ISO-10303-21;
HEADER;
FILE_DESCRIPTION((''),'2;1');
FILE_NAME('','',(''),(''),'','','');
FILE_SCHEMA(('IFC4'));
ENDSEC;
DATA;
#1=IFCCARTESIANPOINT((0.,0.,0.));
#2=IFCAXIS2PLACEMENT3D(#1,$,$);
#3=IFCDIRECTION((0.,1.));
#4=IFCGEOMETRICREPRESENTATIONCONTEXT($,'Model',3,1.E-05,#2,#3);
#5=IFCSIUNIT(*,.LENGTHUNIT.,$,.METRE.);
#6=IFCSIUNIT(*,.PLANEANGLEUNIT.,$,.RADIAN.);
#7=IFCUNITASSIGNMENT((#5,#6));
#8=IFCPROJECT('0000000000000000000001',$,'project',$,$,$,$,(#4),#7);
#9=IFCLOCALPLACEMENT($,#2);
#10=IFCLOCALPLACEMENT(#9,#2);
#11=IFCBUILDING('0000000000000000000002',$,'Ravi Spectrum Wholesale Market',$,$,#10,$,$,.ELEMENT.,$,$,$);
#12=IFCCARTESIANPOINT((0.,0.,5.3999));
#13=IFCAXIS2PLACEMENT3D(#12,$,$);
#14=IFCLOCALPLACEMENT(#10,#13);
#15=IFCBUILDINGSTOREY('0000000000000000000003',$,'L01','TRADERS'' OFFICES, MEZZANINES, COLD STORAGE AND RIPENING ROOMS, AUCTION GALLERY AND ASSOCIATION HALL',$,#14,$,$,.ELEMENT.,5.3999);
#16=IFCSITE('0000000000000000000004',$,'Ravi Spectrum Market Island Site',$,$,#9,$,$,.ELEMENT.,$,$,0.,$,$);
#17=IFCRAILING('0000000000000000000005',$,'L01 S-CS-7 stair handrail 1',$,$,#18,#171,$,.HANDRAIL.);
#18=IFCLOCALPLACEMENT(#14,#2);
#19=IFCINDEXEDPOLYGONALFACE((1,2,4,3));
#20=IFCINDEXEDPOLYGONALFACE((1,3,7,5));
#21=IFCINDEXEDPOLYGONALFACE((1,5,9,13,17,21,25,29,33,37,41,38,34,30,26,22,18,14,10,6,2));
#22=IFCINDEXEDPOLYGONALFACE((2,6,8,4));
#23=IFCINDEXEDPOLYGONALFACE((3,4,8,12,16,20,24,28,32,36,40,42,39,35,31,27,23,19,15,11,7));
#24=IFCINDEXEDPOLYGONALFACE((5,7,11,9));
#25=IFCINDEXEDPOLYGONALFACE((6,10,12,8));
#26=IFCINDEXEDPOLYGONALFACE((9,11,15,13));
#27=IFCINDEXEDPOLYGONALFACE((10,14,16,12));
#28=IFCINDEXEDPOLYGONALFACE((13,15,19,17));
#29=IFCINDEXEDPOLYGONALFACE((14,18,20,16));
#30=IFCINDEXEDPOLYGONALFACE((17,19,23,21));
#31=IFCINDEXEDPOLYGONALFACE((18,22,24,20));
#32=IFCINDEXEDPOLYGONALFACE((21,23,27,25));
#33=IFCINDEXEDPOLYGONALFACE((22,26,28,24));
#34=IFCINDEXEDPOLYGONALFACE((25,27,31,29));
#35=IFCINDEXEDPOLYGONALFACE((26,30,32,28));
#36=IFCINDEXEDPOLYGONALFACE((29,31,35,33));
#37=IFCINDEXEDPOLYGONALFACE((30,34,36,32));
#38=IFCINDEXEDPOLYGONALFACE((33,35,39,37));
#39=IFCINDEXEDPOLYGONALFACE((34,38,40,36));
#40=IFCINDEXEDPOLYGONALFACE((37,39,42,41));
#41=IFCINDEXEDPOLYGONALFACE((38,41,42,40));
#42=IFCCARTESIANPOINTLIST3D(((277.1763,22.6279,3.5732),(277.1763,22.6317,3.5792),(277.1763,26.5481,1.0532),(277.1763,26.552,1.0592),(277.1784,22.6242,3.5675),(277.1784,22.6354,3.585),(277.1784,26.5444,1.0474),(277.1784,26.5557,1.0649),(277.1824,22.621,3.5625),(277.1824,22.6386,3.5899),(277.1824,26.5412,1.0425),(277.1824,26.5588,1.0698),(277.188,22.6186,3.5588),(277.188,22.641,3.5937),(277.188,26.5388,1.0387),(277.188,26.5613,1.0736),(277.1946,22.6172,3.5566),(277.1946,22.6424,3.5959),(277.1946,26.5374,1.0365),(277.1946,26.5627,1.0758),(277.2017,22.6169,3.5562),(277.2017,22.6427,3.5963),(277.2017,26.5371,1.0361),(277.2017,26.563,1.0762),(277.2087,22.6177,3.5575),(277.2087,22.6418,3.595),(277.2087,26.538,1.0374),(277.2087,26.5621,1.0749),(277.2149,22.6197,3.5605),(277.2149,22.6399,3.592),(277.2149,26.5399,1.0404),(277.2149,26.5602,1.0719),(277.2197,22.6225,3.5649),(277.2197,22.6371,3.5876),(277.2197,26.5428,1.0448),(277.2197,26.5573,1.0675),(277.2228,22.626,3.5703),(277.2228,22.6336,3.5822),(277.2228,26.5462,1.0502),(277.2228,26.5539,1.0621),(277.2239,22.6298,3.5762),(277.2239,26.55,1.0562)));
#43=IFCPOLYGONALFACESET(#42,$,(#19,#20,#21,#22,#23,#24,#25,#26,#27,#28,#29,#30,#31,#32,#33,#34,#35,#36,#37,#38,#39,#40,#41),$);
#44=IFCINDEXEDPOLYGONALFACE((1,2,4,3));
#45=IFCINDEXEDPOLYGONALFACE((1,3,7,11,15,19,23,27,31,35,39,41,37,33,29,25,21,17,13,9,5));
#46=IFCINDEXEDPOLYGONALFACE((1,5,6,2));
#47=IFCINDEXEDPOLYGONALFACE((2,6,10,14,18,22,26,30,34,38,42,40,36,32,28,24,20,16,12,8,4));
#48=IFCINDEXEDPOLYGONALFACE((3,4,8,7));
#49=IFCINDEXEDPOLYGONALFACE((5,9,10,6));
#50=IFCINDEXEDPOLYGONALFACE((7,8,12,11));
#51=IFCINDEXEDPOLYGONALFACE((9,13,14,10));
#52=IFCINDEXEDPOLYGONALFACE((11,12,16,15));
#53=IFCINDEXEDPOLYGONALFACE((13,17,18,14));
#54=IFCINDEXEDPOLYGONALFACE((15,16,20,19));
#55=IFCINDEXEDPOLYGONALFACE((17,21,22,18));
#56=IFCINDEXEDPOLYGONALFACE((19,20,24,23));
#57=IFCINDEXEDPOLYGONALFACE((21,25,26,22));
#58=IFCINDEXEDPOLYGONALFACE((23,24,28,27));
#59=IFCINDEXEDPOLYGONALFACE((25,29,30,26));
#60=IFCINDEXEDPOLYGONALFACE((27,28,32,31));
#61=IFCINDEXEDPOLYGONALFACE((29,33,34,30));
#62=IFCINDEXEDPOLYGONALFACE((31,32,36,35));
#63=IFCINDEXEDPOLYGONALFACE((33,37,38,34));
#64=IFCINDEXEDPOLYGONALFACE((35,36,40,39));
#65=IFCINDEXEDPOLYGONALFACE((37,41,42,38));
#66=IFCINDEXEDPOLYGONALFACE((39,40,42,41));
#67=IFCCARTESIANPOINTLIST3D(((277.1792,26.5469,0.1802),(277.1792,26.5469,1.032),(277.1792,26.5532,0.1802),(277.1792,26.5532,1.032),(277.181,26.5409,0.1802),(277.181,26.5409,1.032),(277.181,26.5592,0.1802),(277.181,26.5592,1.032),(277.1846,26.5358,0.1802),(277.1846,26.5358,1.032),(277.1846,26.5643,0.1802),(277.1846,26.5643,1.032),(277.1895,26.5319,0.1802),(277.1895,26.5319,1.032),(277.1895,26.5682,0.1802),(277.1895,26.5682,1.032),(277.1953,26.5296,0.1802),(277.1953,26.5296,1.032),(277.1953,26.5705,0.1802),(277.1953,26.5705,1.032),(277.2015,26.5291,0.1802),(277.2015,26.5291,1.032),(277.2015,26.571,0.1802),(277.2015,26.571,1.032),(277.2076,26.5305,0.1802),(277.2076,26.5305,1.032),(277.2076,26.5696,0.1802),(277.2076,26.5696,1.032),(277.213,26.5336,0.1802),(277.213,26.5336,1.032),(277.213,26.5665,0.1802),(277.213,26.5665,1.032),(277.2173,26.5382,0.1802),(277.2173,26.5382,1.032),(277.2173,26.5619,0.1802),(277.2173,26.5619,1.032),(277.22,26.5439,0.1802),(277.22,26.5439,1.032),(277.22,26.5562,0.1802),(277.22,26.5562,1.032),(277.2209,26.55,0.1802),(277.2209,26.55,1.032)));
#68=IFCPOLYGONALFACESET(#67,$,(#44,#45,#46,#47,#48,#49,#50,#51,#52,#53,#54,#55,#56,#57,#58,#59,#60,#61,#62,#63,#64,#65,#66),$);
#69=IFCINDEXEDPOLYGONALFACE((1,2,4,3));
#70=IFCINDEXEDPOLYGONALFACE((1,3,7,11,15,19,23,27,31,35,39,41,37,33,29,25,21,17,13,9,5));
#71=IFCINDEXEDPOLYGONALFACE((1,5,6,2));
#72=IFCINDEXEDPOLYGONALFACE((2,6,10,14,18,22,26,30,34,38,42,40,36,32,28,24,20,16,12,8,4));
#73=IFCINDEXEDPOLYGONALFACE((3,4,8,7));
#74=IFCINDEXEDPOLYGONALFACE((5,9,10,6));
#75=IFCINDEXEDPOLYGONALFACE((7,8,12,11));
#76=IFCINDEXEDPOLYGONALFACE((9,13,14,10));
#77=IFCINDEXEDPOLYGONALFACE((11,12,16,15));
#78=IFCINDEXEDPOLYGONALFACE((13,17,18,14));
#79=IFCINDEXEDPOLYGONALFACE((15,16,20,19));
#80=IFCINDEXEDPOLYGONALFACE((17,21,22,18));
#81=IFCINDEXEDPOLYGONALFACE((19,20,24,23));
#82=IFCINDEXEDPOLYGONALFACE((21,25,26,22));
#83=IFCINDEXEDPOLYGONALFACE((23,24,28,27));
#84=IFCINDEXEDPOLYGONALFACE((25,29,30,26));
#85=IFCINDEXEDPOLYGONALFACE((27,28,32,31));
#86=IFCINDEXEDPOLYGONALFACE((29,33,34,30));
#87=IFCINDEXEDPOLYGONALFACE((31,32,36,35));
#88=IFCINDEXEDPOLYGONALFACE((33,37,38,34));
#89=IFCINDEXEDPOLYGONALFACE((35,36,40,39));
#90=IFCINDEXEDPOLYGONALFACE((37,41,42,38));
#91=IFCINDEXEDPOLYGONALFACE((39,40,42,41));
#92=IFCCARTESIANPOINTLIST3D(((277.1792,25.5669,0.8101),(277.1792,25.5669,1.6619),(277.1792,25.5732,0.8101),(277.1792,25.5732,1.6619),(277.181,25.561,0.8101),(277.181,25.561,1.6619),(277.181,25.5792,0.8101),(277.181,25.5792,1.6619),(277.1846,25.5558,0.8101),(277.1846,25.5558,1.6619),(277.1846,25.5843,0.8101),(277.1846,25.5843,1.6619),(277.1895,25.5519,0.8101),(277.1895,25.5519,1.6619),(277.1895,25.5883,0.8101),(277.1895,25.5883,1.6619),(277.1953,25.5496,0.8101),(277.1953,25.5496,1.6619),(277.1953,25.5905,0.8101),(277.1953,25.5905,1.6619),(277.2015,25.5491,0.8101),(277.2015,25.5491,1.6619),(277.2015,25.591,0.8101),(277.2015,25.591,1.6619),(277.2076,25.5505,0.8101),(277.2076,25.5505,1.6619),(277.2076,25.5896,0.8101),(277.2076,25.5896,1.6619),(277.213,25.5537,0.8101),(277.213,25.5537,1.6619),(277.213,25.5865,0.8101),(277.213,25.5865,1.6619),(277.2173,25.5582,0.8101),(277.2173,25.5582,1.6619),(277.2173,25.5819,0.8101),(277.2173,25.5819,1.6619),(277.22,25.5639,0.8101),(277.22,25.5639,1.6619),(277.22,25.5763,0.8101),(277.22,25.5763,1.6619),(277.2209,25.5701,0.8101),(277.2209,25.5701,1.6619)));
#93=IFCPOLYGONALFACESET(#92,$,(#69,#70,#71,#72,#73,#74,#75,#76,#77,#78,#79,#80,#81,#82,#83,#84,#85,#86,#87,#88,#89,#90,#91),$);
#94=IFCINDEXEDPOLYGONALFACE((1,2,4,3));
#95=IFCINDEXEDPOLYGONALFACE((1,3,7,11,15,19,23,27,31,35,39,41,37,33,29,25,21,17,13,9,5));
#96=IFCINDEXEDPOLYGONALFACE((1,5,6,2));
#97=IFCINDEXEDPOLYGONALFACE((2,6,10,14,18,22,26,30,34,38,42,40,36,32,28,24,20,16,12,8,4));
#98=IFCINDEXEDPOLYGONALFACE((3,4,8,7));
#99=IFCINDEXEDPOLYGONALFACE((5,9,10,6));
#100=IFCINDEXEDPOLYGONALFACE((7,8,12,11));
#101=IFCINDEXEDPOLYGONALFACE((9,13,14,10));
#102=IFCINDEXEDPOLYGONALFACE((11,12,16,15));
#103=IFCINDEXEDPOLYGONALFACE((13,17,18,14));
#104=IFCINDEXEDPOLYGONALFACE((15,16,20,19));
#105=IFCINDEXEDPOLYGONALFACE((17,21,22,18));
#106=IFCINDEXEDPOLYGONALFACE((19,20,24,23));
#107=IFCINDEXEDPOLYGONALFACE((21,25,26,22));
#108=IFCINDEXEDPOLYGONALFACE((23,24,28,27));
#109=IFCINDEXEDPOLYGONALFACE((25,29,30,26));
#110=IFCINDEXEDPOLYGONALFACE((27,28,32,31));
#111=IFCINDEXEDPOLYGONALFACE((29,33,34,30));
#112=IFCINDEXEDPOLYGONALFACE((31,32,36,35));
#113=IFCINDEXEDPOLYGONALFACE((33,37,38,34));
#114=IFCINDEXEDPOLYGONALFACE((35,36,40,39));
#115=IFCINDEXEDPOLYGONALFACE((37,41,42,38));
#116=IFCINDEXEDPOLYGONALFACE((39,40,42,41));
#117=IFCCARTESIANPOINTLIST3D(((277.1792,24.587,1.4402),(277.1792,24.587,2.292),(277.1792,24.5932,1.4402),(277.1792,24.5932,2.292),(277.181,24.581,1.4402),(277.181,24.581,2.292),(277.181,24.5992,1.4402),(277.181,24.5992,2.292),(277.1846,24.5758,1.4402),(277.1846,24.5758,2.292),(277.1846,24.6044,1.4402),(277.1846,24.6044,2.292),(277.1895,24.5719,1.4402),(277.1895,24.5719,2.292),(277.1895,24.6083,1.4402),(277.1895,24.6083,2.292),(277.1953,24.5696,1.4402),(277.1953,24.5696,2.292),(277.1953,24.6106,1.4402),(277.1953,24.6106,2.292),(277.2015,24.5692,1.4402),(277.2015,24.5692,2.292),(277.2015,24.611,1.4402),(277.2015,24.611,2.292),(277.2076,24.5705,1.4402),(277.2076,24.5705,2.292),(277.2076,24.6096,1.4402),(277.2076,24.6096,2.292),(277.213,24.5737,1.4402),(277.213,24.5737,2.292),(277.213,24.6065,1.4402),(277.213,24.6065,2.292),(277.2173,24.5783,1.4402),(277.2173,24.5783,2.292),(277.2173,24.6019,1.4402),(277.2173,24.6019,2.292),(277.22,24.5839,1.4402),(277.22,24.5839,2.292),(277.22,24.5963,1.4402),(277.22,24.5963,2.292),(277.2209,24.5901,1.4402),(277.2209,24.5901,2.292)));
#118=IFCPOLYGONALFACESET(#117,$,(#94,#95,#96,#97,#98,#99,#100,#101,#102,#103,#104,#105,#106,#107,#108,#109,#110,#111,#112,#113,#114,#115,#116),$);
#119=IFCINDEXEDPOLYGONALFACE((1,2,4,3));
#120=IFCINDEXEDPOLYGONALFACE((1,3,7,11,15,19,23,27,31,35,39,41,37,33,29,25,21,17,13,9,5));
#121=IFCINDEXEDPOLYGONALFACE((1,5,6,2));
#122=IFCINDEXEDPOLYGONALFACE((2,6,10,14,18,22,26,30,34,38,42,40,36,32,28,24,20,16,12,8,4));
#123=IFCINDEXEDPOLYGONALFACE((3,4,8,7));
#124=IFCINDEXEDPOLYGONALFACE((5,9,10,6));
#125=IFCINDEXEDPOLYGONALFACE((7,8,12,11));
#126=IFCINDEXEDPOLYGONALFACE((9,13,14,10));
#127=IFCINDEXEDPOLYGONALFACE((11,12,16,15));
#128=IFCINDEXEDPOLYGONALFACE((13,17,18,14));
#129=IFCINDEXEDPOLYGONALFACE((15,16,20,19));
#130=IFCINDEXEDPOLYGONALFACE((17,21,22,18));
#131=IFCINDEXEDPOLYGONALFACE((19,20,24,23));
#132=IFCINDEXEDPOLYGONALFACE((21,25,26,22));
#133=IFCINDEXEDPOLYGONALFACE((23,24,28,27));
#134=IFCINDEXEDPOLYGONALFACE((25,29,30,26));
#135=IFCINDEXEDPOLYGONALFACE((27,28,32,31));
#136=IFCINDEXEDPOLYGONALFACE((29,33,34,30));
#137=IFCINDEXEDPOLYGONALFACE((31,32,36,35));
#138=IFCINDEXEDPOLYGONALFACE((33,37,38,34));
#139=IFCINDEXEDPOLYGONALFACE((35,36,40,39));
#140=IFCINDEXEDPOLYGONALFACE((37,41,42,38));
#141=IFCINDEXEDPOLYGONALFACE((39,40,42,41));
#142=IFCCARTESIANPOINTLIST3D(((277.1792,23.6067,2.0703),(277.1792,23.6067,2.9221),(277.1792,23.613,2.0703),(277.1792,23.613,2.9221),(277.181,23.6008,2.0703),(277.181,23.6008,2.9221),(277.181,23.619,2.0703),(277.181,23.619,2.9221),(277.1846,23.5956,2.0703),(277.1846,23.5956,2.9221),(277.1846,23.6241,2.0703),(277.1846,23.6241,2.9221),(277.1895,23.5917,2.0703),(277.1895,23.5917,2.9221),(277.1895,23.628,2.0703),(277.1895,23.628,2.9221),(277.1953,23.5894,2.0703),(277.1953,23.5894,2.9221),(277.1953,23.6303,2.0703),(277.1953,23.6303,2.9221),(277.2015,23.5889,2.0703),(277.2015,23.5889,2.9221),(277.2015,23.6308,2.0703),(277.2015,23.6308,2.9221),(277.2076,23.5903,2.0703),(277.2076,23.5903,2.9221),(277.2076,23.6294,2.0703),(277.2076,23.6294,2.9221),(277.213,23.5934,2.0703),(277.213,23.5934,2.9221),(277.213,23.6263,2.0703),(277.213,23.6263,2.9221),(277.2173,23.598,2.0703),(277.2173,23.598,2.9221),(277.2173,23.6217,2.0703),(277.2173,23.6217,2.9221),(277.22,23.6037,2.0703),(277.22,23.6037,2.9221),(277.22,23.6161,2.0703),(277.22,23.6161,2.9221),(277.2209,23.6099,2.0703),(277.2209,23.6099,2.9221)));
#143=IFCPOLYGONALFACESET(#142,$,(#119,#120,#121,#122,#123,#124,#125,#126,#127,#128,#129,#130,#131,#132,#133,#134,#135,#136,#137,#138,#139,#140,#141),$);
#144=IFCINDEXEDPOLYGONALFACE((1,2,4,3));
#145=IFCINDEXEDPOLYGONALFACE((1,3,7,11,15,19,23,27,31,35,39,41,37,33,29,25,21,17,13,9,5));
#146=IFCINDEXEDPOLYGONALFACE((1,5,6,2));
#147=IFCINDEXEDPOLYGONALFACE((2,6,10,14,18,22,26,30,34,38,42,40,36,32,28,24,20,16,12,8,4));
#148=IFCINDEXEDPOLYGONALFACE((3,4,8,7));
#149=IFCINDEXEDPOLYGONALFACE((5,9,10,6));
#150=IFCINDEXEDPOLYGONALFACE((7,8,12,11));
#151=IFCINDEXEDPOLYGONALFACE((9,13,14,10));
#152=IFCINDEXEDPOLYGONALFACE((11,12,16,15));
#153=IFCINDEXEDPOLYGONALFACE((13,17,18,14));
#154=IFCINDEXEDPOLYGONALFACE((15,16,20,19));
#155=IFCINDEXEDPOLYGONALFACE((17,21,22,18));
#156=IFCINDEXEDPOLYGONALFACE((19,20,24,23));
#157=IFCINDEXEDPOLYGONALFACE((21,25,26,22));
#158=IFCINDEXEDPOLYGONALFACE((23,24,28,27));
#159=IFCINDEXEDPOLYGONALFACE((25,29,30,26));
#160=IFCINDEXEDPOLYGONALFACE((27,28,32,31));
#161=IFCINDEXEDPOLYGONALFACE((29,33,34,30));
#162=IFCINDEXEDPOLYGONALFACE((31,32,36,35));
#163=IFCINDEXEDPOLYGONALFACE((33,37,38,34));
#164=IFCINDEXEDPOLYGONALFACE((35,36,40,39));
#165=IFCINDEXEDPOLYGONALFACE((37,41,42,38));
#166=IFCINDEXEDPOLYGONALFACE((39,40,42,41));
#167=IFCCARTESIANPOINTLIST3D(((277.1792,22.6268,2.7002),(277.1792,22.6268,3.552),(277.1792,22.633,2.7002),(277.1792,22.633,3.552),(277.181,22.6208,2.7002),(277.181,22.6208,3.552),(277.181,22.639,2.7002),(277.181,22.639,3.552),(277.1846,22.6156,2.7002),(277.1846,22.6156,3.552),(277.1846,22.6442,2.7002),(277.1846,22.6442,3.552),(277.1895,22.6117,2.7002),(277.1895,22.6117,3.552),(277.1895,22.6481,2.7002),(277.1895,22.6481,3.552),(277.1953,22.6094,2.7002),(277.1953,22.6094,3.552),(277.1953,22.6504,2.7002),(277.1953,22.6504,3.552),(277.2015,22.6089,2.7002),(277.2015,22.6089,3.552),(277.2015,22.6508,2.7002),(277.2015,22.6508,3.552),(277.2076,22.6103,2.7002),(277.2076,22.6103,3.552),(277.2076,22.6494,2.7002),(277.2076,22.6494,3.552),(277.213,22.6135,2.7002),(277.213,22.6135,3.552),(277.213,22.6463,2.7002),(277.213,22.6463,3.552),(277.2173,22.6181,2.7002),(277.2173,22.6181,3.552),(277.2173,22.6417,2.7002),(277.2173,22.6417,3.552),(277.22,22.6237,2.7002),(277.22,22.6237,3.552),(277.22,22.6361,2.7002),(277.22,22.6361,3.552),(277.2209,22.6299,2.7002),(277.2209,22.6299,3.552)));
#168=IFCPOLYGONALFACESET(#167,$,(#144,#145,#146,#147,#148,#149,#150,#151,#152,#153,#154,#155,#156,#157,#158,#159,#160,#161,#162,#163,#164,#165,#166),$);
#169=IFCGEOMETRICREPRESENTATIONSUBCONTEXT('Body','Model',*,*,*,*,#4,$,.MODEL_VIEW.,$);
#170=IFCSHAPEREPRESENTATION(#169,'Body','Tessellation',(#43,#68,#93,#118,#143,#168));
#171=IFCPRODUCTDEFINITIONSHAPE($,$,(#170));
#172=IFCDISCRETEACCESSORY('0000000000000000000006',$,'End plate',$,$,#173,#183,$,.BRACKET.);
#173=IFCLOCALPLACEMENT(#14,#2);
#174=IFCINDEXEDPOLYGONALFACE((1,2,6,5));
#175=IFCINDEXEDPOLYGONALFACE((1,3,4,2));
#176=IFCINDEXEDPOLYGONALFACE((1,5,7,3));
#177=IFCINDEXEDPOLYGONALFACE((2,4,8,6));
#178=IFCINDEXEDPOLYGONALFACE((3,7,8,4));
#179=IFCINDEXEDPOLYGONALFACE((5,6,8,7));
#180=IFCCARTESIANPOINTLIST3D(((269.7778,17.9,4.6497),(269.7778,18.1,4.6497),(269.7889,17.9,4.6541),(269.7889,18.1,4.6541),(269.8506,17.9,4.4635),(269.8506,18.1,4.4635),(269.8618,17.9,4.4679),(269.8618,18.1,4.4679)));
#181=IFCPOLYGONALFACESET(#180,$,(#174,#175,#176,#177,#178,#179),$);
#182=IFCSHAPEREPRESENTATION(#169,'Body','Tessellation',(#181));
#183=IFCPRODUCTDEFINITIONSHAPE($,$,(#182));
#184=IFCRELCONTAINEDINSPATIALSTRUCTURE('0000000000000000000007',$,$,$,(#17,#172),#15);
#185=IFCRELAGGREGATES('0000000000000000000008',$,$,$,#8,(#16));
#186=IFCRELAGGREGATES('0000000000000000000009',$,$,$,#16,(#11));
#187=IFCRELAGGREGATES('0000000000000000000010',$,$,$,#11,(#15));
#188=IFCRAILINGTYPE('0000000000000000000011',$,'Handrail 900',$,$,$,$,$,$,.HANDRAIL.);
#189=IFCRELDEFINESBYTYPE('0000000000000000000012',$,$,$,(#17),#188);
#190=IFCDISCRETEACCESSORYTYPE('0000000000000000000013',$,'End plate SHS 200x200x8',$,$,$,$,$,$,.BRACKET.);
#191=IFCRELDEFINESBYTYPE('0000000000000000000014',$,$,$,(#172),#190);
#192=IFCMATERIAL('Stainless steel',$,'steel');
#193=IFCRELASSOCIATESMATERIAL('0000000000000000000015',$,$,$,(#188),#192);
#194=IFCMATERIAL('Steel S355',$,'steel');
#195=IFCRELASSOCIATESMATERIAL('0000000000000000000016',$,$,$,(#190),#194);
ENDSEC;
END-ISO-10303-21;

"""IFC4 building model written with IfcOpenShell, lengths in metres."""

from ifc_helpers import new_model, si_unit, direction, frame, origin, origin_2d, place, context, subcontext, project, spatial, rectangle, circle, extrude, material, material_profile, profile_set, type_object, element, save


model = new_model("IFC4")

# Units and contexts
model_context = context("Model", 3, precision=1e-05, world=origin(), true_north=direction((0.0, 1.0)))
body_context = subcontext(model_context, "Body", "Model", "MODEL_VIEW")
ifc_project = project(units=[si_unit("LENGTHUNIT", "METRE"), si_unit("PLANEANGLEUNIT", "RADIAN")], contexts=[model_context])

# Site, building, storey
site_placement = place(None, origin())
site = spatial("IfcSite", under=ifc_project, at=site_placement, Name="Ravi Spectrum Market Island Site", CompositionType="ELEMENT", RefElevation=0.0)
building_placement = place(site_placement, origin())
building = spatial("IfcBuilding", under=site, at=building_placement, Name="Ravi Spectrum Wholesale Market", CompositionType="ELEMENT")
storey_placement = place(building_placement, frame((0.0, 0.0, 5.3999)))
storey = spatial("IfcBuildingStorey", under=building, at=storey_placement, Name="L01", Description="TRADERS' OFFICES, MEZZANINES, COLD STORAGE AND RIPENING ROOMS, AUCTION GALLERY AND ASSOCIATION HALL", CompositionType="ELEMENT", Elevation=5.3999)

# Railing
ifc_material_1 = material(Name="Stainless steel", Category="steel")
railing_type = type_object("IfcRailingType", Name="Handrail 900", PredefinedType="HANDRAIL", material=ifc_material_1)
railing_placement = place(storey_placement, frame((277.2, 26.55, 0.1802)))
element("IfcRailing", 1, at=railing_placement, inside=storey, type_object=railing_type, Name="L01 S-CS-7 stair handrail 1", PredefinedType="HANDRAIL", context=body_context, shape_type="SweptSolid", body=[
    extrude(circle(Radius=0.0239, at=origin_2d()), frame((0.0, 0.0, 0.876), z_axis=(0.0, -0.841187, 0.540744), x_axis=(1.0, 0.0, 0.0)), (0.0, 0.0, 1.0), 4.6604),
    extrude(circle(Radius=0.021, at=origin_2d()), origin(), (0.0, 0.0, 1.0), 0.8518),
    extrude(circle(Radius=0.021, at=origin_2d()), frame((0.0, -0.98, 0.6299)), (0.0, 0.0, 1.0), 0.8518),
    extrude(circle(Radius=0.021, at=origin_2d()), frame((0.0, -1.96, 1.26)), (0.0, 0.0, 1.0), 0.8518),
    extrude(circle(Radius=0.021, at=origin_2d()), frame((0.0, -2.9402, 1.8901)), (0.0, 0.0, 1.0), 0.8518),
    extrude(circle(Radius=0.021, at=origin_2d()), frame((0.0, -3.9202, 2.52)), (0.0, 0.0, 1.0), 0.8518),
])

# Discrete accessory
ifc_material_2 = material(Name="Steel S355", Category="steel")
ifc_material_profile_1 = material_profile(ifc_material_2, rectangle(XDim=0.2, YDim=0.2, at=origin_2d()))
ifc_profile_set_1 = profile_set([ifc_material_profile_1], Name="Steel S355")
discrete_accessory_type = type_object("IfcDiscreteAccessoryType", Name="End plate SHS 200x200x8", PredefinedType="BRACKET", material=ifc_profile_set_1)
discrete_accessory_placement = place(storey_placement, frame((269.8142, 18.0, 4.5566), z_axis=(0.931243, 0.0, 0.364399), x_axis=(0.0, 1.0, 0.0)))
element("IfcDiscreteAccessory", 2, at=discrete_accessory_placement, inside=storey, type_object=discrete_accessory_type, Name="End plate", PredefinedType="BRACKET", context=body_context, shape_type="SweptSolid", body=[
    extrude(rectangle(XDim=0.2, YDim=0.2, at=origin_2d()), origin(), (0.0, 0.0, 1.0), 0.012),
])

save(model, "model.ifc")
